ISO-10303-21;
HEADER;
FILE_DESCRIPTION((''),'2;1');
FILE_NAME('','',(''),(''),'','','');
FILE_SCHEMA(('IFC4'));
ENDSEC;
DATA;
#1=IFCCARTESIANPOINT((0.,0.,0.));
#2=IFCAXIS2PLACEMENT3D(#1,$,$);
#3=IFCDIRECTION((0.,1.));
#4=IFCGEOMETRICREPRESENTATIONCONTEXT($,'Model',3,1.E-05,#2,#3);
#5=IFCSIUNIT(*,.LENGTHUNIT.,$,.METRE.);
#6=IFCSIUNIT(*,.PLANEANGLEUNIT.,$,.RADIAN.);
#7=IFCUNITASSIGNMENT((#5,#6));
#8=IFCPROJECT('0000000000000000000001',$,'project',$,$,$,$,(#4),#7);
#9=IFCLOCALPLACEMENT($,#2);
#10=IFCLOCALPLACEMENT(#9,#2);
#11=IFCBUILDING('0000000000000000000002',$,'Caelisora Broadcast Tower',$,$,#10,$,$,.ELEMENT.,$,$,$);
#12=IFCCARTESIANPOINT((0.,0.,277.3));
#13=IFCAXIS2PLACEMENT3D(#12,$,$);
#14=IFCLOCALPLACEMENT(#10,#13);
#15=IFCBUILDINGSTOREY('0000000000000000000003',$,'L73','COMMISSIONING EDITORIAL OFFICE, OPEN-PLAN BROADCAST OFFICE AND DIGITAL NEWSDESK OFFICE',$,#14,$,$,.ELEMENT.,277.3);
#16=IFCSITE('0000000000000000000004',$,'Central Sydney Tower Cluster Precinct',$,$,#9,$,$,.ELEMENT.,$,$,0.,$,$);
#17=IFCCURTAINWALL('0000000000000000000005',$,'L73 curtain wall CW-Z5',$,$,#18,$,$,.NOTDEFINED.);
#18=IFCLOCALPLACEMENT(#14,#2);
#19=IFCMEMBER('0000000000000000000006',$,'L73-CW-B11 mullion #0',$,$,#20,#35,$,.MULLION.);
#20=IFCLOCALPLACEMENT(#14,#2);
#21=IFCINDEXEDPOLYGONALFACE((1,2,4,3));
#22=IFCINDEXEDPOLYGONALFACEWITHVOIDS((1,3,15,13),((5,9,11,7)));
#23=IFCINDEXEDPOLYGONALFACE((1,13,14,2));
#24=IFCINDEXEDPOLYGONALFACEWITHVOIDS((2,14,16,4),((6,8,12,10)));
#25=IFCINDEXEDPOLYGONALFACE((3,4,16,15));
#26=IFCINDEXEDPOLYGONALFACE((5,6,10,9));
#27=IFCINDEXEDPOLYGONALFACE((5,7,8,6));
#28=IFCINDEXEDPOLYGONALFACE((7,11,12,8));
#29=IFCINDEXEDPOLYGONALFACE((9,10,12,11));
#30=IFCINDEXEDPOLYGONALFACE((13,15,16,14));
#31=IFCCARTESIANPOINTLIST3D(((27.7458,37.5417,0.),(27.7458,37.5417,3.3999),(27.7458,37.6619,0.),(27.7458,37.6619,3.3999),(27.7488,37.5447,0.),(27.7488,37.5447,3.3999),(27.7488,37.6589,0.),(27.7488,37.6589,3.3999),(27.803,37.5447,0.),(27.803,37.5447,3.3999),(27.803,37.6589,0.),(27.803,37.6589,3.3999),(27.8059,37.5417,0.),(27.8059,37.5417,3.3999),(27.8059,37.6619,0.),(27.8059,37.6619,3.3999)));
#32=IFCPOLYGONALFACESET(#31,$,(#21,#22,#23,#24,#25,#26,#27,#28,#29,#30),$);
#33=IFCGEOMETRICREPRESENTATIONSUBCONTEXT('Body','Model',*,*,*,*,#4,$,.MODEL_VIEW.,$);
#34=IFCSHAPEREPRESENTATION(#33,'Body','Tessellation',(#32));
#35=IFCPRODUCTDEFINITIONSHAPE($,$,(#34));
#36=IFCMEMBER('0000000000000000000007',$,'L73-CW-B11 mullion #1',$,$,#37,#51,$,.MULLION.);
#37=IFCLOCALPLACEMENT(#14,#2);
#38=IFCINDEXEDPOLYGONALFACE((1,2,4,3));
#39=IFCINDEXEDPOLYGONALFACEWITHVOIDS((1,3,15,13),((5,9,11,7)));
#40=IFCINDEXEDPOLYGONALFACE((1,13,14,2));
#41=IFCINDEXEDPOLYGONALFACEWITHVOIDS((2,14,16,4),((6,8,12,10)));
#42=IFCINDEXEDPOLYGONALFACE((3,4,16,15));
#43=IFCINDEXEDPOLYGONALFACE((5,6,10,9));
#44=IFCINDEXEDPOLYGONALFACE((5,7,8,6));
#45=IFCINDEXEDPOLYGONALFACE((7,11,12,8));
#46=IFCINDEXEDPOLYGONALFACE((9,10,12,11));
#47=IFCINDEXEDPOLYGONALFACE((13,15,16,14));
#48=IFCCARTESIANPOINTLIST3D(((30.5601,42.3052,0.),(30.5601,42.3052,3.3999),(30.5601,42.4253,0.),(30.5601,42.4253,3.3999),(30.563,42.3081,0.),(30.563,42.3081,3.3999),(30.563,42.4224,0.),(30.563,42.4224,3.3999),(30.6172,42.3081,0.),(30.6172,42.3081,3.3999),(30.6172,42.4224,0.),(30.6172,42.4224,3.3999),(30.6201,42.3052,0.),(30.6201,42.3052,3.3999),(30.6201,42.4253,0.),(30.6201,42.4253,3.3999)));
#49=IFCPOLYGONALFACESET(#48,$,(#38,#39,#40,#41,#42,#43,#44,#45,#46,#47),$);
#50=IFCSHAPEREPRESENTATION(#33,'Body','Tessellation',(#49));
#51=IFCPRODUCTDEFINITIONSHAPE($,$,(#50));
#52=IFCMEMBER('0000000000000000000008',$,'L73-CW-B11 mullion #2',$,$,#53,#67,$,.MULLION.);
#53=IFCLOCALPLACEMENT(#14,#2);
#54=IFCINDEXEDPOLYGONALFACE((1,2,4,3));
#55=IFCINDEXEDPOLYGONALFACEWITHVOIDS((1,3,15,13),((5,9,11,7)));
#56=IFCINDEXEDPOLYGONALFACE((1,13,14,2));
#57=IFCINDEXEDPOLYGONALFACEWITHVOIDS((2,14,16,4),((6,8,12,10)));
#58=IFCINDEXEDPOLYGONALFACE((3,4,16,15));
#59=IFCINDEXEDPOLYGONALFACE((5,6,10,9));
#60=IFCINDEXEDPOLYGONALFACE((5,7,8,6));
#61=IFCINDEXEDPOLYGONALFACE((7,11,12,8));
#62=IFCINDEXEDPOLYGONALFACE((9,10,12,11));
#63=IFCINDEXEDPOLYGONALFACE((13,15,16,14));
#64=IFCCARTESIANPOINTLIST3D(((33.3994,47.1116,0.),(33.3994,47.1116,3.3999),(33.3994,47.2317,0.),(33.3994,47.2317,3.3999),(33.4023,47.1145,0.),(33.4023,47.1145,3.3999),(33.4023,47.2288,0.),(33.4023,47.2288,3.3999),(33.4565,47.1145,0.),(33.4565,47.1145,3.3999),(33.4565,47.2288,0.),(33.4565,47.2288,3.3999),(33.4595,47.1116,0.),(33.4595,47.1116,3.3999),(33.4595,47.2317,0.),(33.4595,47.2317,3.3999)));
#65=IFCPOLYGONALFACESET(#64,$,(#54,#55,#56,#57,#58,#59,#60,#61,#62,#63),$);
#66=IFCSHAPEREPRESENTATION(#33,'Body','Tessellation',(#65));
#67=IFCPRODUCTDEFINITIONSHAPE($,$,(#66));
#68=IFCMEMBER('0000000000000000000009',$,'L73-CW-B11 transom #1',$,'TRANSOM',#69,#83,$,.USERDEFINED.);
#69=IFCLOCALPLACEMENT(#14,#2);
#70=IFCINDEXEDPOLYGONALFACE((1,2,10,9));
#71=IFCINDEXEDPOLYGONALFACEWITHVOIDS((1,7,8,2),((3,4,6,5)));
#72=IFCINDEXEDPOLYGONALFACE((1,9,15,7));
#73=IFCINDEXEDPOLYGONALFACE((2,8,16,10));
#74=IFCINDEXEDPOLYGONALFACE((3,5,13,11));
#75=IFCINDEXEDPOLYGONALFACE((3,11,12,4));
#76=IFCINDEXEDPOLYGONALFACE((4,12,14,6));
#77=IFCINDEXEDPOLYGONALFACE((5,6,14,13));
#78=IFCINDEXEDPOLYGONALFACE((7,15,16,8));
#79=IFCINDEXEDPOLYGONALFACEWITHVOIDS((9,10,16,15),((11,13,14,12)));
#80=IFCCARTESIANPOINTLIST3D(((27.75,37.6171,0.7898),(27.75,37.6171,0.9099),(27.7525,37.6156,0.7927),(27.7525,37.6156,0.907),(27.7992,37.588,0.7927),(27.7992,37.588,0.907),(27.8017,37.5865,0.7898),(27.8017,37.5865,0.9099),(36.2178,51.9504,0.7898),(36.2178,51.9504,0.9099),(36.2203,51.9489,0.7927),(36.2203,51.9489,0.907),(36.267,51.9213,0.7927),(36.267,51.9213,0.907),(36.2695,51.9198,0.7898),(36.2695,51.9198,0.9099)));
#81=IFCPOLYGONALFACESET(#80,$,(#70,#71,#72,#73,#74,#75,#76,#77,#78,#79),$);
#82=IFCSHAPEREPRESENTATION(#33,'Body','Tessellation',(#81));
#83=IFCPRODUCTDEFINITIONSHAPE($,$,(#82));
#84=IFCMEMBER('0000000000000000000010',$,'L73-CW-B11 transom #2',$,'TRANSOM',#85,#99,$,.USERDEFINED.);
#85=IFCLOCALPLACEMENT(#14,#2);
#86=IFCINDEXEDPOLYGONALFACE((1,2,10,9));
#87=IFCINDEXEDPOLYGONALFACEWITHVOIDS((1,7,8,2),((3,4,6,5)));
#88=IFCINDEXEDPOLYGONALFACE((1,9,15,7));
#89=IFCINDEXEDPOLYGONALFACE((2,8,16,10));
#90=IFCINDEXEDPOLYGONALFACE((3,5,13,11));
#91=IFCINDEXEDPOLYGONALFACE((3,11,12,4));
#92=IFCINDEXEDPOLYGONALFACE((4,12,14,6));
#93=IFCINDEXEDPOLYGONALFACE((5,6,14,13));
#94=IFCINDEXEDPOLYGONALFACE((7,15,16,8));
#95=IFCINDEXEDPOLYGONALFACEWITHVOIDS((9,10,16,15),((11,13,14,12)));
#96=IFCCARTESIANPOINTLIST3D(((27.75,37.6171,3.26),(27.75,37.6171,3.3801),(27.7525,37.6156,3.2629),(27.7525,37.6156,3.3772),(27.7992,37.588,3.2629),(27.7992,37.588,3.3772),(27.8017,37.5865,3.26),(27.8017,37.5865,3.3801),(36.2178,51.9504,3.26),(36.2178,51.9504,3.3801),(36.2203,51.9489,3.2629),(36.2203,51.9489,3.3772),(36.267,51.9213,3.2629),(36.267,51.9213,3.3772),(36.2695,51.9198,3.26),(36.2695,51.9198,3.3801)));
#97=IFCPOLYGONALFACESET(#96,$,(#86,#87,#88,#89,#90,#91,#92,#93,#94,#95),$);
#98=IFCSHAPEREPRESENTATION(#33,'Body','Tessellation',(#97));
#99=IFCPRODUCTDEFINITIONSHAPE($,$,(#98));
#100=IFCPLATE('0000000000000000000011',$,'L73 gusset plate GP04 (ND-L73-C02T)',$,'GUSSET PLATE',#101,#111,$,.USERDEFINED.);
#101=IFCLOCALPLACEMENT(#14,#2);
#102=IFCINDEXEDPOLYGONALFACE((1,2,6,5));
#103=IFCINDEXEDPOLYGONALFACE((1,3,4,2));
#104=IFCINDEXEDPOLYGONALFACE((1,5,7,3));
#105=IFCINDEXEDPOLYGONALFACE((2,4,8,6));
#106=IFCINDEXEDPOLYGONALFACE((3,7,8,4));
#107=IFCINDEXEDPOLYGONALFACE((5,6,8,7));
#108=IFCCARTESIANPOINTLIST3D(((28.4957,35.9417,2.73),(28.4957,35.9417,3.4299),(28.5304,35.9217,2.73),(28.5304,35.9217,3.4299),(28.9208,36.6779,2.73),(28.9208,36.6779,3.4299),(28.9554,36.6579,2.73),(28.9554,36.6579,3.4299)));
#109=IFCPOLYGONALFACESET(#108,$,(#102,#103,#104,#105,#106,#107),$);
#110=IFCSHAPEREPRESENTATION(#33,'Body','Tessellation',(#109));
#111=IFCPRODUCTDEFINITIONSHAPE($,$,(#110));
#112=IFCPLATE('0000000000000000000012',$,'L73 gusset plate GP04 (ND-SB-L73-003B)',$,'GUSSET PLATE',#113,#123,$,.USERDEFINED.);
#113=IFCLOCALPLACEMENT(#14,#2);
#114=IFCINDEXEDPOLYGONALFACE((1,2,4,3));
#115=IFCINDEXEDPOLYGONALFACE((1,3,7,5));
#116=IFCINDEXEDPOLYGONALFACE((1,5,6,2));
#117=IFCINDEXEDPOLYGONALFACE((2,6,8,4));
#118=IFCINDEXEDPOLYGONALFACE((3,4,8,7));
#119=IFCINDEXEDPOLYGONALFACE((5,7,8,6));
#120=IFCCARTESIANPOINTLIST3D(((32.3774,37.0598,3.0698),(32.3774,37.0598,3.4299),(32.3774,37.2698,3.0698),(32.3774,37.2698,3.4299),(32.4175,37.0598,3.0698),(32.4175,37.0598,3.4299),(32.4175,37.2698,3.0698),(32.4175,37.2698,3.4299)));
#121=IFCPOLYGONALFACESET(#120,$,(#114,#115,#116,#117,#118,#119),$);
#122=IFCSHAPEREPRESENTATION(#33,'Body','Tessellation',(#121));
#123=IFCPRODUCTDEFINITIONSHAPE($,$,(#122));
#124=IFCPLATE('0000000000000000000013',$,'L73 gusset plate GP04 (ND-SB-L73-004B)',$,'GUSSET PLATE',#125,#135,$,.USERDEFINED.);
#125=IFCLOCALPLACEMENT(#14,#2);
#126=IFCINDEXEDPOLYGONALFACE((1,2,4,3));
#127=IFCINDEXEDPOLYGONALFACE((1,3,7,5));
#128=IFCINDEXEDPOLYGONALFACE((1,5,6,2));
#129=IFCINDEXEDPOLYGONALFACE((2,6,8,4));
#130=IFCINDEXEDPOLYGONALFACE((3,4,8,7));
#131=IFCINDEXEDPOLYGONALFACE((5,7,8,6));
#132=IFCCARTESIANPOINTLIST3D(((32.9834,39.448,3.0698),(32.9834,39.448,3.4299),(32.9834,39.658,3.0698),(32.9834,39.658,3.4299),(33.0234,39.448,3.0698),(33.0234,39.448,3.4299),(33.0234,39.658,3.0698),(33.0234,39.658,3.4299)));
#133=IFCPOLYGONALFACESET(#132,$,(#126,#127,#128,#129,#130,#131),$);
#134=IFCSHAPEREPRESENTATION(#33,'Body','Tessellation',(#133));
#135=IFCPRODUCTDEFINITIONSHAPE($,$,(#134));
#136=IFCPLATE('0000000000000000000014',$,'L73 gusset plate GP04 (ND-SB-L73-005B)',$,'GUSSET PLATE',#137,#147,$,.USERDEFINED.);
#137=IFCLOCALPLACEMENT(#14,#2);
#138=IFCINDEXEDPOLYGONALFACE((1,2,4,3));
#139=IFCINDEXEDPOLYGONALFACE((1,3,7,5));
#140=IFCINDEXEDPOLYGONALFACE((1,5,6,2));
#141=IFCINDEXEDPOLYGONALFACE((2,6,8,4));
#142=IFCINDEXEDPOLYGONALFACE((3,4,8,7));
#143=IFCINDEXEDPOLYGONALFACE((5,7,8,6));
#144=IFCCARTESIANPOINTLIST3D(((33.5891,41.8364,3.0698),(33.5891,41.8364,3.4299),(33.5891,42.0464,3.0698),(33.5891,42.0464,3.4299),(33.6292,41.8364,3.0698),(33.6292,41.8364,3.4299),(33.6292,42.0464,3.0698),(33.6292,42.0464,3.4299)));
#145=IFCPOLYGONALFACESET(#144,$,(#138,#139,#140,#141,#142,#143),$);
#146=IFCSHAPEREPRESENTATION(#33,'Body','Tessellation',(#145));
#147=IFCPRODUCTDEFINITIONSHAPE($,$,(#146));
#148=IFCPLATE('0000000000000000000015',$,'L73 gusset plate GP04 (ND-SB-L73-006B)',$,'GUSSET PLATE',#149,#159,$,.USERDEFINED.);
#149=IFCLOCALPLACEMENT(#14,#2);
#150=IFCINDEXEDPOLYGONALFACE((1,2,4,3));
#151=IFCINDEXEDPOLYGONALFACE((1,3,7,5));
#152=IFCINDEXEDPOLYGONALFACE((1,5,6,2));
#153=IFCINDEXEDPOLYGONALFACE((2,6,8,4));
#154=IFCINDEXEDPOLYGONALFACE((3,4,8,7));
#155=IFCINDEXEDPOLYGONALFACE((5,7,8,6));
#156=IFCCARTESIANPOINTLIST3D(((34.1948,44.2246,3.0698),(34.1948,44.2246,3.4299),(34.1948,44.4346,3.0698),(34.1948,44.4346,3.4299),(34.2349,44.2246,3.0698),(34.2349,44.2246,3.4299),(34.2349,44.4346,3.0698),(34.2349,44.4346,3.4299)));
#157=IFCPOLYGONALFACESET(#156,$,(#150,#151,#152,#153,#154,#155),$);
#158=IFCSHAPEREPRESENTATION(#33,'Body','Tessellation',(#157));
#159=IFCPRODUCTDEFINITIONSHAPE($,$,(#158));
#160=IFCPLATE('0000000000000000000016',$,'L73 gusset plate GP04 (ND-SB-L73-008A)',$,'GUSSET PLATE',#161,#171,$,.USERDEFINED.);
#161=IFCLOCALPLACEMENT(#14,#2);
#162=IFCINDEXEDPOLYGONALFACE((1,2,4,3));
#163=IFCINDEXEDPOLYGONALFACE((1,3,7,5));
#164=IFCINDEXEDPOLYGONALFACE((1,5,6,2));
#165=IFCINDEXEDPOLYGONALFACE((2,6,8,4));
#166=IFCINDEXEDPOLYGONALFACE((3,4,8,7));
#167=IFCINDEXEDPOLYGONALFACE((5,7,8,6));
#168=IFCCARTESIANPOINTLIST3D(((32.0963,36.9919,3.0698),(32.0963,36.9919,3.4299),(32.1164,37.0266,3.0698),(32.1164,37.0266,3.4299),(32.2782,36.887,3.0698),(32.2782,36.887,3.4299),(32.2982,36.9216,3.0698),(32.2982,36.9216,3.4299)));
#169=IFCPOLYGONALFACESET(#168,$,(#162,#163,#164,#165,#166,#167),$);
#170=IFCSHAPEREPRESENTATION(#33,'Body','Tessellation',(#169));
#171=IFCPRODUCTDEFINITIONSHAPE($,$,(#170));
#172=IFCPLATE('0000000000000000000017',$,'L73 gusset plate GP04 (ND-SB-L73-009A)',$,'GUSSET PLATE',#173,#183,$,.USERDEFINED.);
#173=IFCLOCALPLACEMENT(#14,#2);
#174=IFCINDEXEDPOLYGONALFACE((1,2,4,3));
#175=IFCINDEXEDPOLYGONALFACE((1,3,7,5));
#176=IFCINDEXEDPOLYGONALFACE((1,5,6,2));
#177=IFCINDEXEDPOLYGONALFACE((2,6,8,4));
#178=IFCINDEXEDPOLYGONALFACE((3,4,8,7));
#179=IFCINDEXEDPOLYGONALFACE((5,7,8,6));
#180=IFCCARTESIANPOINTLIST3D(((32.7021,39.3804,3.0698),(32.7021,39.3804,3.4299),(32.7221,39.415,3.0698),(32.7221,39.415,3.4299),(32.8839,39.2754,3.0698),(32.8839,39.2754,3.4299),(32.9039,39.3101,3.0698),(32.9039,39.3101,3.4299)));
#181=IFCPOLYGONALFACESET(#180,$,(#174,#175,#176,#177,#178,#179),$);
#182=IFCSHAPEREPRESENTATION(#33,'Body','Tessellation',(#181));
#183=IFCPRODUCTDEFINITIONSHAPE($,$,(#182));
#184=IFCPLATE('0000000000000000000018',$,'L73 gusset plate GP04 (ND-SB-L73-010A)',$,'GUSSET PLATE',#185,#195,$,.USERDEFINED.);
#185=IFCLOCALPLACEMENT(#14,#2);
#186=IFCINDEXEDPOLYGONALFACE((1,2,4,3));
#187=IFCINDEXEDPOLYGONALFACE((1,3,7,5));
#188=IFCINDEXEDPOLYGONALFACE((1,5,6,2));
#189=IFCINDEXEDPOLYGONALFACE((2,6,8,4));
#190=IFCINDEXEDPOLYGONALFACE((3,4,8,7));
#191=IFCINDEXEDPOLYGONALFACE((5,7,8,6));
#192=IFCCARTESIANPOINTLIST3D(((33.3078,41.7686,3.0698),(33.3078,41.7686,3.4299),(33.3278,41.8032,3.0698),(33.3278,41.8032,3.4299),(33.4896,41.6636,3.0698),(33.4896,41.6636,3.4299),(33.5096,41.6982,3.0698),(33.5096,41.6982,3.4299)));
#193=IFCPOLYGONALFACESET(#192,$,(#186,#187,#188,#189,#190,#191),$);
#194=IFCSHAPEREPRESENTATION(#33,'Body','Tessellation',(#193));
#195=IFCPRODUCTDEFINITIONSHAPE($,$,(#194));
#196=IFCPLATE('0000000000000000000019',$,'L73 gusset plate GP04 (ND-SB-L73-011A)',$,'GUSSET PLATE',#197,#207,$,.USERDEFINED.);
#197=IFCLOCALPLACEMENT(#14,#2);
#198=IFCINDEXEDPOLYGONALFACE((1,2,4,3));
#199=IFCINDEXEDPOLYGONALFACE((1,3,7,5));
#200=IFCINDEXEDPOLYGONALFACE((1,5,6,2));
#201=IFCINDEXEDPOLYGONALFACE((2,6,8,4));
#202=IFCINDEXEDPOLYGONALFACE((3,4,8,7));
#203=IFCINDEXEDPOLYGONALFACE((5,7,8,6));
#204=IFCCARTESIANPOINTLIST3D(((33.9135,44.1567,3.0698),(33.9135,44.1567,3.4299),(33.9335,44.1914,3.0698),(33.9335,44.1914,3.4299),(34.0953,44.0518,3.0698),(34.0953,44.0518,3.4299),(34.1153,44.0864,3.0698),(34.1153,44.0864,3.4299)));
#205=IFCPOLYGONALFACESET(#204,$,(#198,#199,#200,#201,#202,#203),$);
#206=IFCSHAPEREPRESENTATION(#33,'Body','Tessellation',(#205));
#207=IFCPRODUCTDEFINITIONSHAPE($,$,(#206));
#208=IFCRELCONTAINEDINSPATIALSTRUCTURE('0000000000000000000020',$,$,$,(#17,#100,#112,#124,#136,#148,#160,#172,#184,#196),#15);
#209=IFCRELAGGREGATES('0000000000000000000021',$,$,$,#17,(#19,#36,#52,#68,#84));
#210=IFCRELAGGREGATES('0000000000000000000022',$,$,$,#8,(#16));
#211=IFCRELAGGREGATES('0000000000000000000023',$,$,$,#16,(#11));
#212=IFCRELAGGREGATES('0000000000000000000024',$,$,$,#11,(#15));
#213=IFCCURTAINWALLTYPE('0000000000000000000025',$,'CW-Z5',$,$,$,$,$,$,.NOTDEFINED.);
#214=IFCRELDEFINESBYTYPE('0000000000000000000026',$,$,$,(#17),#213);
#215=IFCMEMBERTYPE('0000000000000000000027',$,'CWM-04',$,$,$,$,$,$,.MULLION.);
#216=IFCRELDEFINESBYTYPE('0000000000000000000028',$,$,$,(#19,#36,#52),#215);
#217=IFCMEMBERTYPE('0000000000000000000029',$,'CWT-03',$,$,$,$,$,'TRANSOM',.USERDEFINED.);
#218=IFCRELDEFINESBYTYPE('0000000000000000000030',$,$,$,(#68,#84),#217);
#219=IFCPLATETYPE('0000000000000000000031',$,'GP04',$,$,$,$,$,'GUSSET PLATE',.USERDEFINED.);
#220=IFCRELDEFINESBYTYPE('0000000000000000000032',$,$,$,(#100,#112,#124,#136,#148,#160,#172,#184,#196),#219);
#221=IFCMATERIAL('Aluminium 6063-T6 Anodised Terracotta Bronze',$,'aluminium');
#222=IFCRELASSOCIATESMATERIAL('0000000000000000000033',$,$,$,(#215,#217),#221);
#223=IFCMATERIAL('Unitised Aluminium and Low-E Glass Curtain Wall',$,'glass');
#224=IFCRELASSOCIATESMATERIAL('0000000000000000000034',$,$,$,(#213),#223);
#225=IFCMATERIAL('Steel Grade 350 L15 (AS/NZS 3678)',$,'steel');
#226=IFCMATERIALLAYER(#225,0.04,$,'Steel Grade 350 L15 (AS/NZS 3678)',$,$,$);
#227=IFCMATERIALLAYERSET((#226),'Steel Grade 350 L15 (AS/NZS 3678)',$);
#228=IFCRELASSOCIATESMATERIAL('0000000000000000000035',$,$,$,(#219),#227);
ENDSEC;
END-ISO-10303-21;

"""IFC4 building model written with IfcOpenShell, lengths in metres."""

from ifc_helpers import new_model, si_unit, direction, frame, origin, origin_2d, place, context, subcontext, project, spatial, rectangle, hollow_rectangle, extrude, source, transform, mapped, material, layer, layer_set, material_profile, profile_set, type_object, type_shapes, element, aggregate, save


model = new_model("IFC4")

# Units and contexts
model_context = context("Model", 3, precision=1e-05, world=origin(), true_north=direction((0.0, 1.0)))
body_context = subcontext(model_context, "Body", "Model", "MODEL_VIEW")
ifc_project = project(units=[si_unit("LENGTHUNIT", "METRE"), si_unit("PLANEANGLEUNIT", "RADIAN")], contexts=[model_context])

# Site, building, storey
site_placement = place(None, origin())
site = spatial("IfcSite", under=ifc_project, at=site_placement, Name="Central Sydney Tower Cluster Precinct", CompositionType="ELEMENT", RefElevation=0.0)
building_placement = place(site_placement, origin())
building = spatial("IfcBuilding", under=site, at=building_placement, Name="Caelisora Broadcast Tower", CompositionType="ELEMENT")
storey_placement = place(building_placement, frame((0.0, 0.0, 277.3)))
storey = spatial("IfcBuildingStorey", under=building, at=storey_placement, Name="L73", Description="COMMISSIONING EDITORIAL OFFICE, OPEN-PLAN BROADCAST OFFICE AND DIGITAL NEWSDESK OFFICE", CompositionType="ELEMENT", Elevation=277.3)

# Shared definitions
ifc_material_1 = material(Name="Steel Grade 350 L15 (AS/NZS 3678)", Category="steel")

# Shared definitions
ifc_material_2 = material(Name="Aluminium 6063-T6 Anodised Terracotta Bronze", Category="aluminium")
ifc_material_profile_1 = material_profile(ifc_material_2, hollow_rectangle(XDim=0.0601, YDim=0.1201, WallThickness=0.0029, at=origin_2d()), Name="Aluminium 6063-T6 Anodised Terracotta Bronze")
ifc_profile_set_1 = profile_set([ifc_material_profile_1], Name="Aluminium 6063-T6 Anodised Terracotta Bronze")
member_type_1 = type_object("IfcMemberType", Name="CWM-04", PredefinedType="MULLION", material=ifc_profile_set_1)
shared_shape_1 = source(origin(), body_context, "Body", "SweptSolid", [
    extrude(hollow_rectangle(XDim=0.0601, YDim=0.1201, WallThickness=0.0029, at=origin_2d()), origin(), (0.0, 0.0, 1.0), 3.3999),
])
type_shapes(member_type_1, [shared_shape_1])

# Curtain wall, members
ifc_material_3 = material(Name="Unitised Aluminium and Low-E Glass Curtain Wall", Category="glass")
curtain_wall_type_1 = type_object("IfcCurtainWallType", Name="CW-Z5", PredefinedType="NOTDEFINED", material=ifc_material_3)
curtain_wall_1_placement = place(storey_placement, origin())
curtain_wall_1 = element("IfcCurtainWall", 1, at=curtain_wall_1_placement, inside=storey, type_object=curtain_wall_type_1, Name="L73 curtain wall CW-Z5", PredefinedType="NOTDEFINED")
member_1_placement = place(storey_placement, frame((27.7759, 37.6018, 0.0), z_axis=(0.0, 0.0, 1.0), x_axis=(1.0, 0.0, 0.0)))
member_1 = element("IfcMember", 2, at=member_1_placement, type_object=member_type_1, Name="L73-CW-B11 mullion #0", PredefinedType="MULLION", context=body_context, shape_type="MappedRepresentation", body=[
    mapped(shared_shape_1, transform((0.0, 0.0, 0.0), scale=1.0)),
])
member_2_placement = place(storey_placement, frame((30.5901, 42.3652, 0.0), z_axis=(0.0, 0.0, 1.0), x_axis=(1.0, 0.0, 0.0)))
member_2 = element("IfcMember", 3, at=member_2_placement, type_object=member_type_1, Name="L73-CW-B11 mullion #1", PredefinedType="MULLION", context=body_context, shape_type="MappedRepresentation", body=[
    mapped(shared_shape_1, transform((0.0, 0.0, 0.0), scale=1.0)),
])
member_3_placement = place(storey_placement, frame((33.4294, 47.1716, 0.0), z_axis=(0.0, 0.0, 1.0), x_axis=(1.0, 0.0, 0.0)))
member_3 = element("IfcMember", 4, at=member_3_placement, type_object=member_type_1, Name="L73-CW-B11 mullion #2", PredefinedType="MULLION", context=body_context, shape_type="MappedRepresentation", body=[
    mapped(shared_shape_1, transform((0.0, 0.0, 0.0), scale=1.0)),
])
ifc_material_profile_2 = material_profile(ifc_material_2, hollow_rectangle(XDim=0.0601, YDim=0.1201, WallThickness=0.0029, at=origin_2d()), Name="Aluminium 6063-T6 Anodised Terracotta Bronze")
ifc_profile_set_2 = profile_set([ifc_material_profile_2], Name="Aluminium 6063-T6 Anodised Terracotta Bronze")
member_type_2 = type_object("IfcMemberType", Name="CWT-03", ElementType="TRANSOM", PredefinedType="USERDEFINED", material=ifc_profile_set_2)
shared_shape_2 = source(origin(), body_context, "Body", "SweptSolid", [
    extrude(hollow_rectangle(XDim=0.0601, YDim=0.1201, WallThickness=0.0029, at=origin_2d()), origin(), (0.0, 0.0, 1.0), 16.6477),
])
type_shapes(member_type_2, [shared_shape_2])
member_4_placement = place(storey_placement, frame((27.7759, 37.6018, 0.8499), z_axis=(0.508646, 0.860976, 0.0), x_axis=(-0.860976, 0.508646, 0.0)))
member_4 = element("IfcMember", 5, at=member_4_placement, type_object=member_type_2, Name="L73-CW-B11 transom #1", ObjectType="TRANSOM", PredefinedType="USERDEFINED", context=body_context, shape_type="MappedRepresentation", body=[
    mapped(shared_shape_2, transform((0.0, 0.0, 0.0), scale=1.0)),
])
member_5_placement = place(storey_placement, frame((27.7759, 37.6018, 3.3201), z_axis=(0.508646, 0.860976, 0.0), x_axis=(-0.860976, 0.508646, 0.0)))
member_5 = element("IfcMember", 6, at=member_5_placement, type_object=member_type_2, Name="L73-CW-B11 transom #2", ObjectType="TRANSOM", PredefinedType="USERDEFINED", context=body_context, shape_type="MappedRepresentation", body=[
    mapped(shared_shape_2, transform((0.0, 0.0, 0.0), scale=1.0)),
])

# Plates
ifc_layer_1 = layer(ifc_material_1, 0.04, Name="Steel Grade 350 L15 (AS/NZS 3678)")
ifc_layer_set_1 = layer_set([ifc_layer_1], Name="Steel Grade 350 L15 (AS/NZS 3678)")
plate_type_1 = type_object("IfcPlateType", Name="GP04", ElementType="GUSSET PLATE", PredefinedType="USERDEFINED", material=ifc_layer_set_1)
shared_shape_3 = source(origin(), body_context, "Body", "SweptSolid", [
    extrude(rectangle(XDim=0.8501, YDim=0.04, at=origin_2d()), origin(), (0.0, 0.0, 1.0), 0.7),
])
plate_1_placement = place(storey_placement, frame((28.7256, 36.2998, 2.73), z_axis=(0.0, 0.0, 1.0), x_axis=(-0.5, -0.866025, 0.0)))
element("IfcPlate", 7, at=plate_1_placement, inside=storey, type_object=plate_type_1, Name="L73 gusset plate GP04 (ND-L73-C02T)", ObjectType="GUSSET PLATE", PredefinedType="USERDEFINED", context=body_context, shape_type="MappedRepresentation", body=[
    mapped(shared_shape_3, transform((0.0, 0.0, 0.0), scale=1.0)),
])
shared_shape_4 = source(origin(), body_context, "Body", "SweptSolid", [
    extrude(rectangle(XDim=0.21, YDim=0.04, at=origin_2d()), origin(), (0.0, 0.0, 1.0), 0.3601),
])
type_shapes(plate_type_1, [shared_shape_3, shared_shape_4])
for number, where, z_axis, x_axis, name in (
    (8, (32.3975, 37.1648, 3.0698), (0.0, 0.0, 1.0), (0.0, -1.0, 0.0), "L73 gusset plate GP04 (ND-SB-L73-003B)"),
    (9, (33.0034, 39.553, 3.0698), (0.0, 0.0, 1.0), (0.0, -1.0, 0.0), "L73 gusset plate GP04 (ND-SB-L73-004B)"),
    (10, (33.6091, 41.9414, 3.0698), (0.0, 0.0, 1.0), (0.0, -1.0, 0.0), "L73 gusset plate GP04 (ND-SB-L73-005B)"),
    (11, (34.2148, 44.3296, 3.0698), (0.0, 0.0, 1.0), (0.0, -1.0, 0.0), "L73 gusset plate GP04 (ND-SB-L73-006B)"),
    (12, (32.1973, 36.9568, 3.0698), (0.0, 0.0, 1.0), (0.866025, -0.5, 0.0), "L73 gusset plate GP04 (ND-SB-L73-008A)"),
    (13, (32.803, 39.3452, 3.0698), (0.0, 0.0, 1.0), (0.866025, -0.5, 0.0), "L73 gusset plate GP04 (ND-SB-L73-009A)"),
    (14, (33.4087, 41.7334, 3.0698), (0.0, 0.0, 1.0), (0.866025, -0.5, 0.0), "L73 gusset plate GP04 (ND-SB-L73-010A)"),
    (15, (34.0144, 44.1216, 3.0698), (0.0, 0.0, 1.0), (0.866025, -0.5, 0.0), "L73 gusset plate GP04 (ND-SB-L73-011A)"),
):
    element("IfcPlate", number, at=place(storey_placement, frame(where, z_axis=z_axis, x_axis=x_axis)), inside=storey, type_object=plate_type_1, Name=name, ObjectType="GUSSET PLATE", PredefinedType="USERDEFINED", context=body_context, shape_type="MappedRepresentation", body=[
        mapped(shared_shape_4, transform((0.0, 0.0, 0.0), scale=1.0)),
    ])

aggregate(curtain_wall_1, [member_1, member_2, member_3, member_4, member_5])

save(model, "model.ifc")
